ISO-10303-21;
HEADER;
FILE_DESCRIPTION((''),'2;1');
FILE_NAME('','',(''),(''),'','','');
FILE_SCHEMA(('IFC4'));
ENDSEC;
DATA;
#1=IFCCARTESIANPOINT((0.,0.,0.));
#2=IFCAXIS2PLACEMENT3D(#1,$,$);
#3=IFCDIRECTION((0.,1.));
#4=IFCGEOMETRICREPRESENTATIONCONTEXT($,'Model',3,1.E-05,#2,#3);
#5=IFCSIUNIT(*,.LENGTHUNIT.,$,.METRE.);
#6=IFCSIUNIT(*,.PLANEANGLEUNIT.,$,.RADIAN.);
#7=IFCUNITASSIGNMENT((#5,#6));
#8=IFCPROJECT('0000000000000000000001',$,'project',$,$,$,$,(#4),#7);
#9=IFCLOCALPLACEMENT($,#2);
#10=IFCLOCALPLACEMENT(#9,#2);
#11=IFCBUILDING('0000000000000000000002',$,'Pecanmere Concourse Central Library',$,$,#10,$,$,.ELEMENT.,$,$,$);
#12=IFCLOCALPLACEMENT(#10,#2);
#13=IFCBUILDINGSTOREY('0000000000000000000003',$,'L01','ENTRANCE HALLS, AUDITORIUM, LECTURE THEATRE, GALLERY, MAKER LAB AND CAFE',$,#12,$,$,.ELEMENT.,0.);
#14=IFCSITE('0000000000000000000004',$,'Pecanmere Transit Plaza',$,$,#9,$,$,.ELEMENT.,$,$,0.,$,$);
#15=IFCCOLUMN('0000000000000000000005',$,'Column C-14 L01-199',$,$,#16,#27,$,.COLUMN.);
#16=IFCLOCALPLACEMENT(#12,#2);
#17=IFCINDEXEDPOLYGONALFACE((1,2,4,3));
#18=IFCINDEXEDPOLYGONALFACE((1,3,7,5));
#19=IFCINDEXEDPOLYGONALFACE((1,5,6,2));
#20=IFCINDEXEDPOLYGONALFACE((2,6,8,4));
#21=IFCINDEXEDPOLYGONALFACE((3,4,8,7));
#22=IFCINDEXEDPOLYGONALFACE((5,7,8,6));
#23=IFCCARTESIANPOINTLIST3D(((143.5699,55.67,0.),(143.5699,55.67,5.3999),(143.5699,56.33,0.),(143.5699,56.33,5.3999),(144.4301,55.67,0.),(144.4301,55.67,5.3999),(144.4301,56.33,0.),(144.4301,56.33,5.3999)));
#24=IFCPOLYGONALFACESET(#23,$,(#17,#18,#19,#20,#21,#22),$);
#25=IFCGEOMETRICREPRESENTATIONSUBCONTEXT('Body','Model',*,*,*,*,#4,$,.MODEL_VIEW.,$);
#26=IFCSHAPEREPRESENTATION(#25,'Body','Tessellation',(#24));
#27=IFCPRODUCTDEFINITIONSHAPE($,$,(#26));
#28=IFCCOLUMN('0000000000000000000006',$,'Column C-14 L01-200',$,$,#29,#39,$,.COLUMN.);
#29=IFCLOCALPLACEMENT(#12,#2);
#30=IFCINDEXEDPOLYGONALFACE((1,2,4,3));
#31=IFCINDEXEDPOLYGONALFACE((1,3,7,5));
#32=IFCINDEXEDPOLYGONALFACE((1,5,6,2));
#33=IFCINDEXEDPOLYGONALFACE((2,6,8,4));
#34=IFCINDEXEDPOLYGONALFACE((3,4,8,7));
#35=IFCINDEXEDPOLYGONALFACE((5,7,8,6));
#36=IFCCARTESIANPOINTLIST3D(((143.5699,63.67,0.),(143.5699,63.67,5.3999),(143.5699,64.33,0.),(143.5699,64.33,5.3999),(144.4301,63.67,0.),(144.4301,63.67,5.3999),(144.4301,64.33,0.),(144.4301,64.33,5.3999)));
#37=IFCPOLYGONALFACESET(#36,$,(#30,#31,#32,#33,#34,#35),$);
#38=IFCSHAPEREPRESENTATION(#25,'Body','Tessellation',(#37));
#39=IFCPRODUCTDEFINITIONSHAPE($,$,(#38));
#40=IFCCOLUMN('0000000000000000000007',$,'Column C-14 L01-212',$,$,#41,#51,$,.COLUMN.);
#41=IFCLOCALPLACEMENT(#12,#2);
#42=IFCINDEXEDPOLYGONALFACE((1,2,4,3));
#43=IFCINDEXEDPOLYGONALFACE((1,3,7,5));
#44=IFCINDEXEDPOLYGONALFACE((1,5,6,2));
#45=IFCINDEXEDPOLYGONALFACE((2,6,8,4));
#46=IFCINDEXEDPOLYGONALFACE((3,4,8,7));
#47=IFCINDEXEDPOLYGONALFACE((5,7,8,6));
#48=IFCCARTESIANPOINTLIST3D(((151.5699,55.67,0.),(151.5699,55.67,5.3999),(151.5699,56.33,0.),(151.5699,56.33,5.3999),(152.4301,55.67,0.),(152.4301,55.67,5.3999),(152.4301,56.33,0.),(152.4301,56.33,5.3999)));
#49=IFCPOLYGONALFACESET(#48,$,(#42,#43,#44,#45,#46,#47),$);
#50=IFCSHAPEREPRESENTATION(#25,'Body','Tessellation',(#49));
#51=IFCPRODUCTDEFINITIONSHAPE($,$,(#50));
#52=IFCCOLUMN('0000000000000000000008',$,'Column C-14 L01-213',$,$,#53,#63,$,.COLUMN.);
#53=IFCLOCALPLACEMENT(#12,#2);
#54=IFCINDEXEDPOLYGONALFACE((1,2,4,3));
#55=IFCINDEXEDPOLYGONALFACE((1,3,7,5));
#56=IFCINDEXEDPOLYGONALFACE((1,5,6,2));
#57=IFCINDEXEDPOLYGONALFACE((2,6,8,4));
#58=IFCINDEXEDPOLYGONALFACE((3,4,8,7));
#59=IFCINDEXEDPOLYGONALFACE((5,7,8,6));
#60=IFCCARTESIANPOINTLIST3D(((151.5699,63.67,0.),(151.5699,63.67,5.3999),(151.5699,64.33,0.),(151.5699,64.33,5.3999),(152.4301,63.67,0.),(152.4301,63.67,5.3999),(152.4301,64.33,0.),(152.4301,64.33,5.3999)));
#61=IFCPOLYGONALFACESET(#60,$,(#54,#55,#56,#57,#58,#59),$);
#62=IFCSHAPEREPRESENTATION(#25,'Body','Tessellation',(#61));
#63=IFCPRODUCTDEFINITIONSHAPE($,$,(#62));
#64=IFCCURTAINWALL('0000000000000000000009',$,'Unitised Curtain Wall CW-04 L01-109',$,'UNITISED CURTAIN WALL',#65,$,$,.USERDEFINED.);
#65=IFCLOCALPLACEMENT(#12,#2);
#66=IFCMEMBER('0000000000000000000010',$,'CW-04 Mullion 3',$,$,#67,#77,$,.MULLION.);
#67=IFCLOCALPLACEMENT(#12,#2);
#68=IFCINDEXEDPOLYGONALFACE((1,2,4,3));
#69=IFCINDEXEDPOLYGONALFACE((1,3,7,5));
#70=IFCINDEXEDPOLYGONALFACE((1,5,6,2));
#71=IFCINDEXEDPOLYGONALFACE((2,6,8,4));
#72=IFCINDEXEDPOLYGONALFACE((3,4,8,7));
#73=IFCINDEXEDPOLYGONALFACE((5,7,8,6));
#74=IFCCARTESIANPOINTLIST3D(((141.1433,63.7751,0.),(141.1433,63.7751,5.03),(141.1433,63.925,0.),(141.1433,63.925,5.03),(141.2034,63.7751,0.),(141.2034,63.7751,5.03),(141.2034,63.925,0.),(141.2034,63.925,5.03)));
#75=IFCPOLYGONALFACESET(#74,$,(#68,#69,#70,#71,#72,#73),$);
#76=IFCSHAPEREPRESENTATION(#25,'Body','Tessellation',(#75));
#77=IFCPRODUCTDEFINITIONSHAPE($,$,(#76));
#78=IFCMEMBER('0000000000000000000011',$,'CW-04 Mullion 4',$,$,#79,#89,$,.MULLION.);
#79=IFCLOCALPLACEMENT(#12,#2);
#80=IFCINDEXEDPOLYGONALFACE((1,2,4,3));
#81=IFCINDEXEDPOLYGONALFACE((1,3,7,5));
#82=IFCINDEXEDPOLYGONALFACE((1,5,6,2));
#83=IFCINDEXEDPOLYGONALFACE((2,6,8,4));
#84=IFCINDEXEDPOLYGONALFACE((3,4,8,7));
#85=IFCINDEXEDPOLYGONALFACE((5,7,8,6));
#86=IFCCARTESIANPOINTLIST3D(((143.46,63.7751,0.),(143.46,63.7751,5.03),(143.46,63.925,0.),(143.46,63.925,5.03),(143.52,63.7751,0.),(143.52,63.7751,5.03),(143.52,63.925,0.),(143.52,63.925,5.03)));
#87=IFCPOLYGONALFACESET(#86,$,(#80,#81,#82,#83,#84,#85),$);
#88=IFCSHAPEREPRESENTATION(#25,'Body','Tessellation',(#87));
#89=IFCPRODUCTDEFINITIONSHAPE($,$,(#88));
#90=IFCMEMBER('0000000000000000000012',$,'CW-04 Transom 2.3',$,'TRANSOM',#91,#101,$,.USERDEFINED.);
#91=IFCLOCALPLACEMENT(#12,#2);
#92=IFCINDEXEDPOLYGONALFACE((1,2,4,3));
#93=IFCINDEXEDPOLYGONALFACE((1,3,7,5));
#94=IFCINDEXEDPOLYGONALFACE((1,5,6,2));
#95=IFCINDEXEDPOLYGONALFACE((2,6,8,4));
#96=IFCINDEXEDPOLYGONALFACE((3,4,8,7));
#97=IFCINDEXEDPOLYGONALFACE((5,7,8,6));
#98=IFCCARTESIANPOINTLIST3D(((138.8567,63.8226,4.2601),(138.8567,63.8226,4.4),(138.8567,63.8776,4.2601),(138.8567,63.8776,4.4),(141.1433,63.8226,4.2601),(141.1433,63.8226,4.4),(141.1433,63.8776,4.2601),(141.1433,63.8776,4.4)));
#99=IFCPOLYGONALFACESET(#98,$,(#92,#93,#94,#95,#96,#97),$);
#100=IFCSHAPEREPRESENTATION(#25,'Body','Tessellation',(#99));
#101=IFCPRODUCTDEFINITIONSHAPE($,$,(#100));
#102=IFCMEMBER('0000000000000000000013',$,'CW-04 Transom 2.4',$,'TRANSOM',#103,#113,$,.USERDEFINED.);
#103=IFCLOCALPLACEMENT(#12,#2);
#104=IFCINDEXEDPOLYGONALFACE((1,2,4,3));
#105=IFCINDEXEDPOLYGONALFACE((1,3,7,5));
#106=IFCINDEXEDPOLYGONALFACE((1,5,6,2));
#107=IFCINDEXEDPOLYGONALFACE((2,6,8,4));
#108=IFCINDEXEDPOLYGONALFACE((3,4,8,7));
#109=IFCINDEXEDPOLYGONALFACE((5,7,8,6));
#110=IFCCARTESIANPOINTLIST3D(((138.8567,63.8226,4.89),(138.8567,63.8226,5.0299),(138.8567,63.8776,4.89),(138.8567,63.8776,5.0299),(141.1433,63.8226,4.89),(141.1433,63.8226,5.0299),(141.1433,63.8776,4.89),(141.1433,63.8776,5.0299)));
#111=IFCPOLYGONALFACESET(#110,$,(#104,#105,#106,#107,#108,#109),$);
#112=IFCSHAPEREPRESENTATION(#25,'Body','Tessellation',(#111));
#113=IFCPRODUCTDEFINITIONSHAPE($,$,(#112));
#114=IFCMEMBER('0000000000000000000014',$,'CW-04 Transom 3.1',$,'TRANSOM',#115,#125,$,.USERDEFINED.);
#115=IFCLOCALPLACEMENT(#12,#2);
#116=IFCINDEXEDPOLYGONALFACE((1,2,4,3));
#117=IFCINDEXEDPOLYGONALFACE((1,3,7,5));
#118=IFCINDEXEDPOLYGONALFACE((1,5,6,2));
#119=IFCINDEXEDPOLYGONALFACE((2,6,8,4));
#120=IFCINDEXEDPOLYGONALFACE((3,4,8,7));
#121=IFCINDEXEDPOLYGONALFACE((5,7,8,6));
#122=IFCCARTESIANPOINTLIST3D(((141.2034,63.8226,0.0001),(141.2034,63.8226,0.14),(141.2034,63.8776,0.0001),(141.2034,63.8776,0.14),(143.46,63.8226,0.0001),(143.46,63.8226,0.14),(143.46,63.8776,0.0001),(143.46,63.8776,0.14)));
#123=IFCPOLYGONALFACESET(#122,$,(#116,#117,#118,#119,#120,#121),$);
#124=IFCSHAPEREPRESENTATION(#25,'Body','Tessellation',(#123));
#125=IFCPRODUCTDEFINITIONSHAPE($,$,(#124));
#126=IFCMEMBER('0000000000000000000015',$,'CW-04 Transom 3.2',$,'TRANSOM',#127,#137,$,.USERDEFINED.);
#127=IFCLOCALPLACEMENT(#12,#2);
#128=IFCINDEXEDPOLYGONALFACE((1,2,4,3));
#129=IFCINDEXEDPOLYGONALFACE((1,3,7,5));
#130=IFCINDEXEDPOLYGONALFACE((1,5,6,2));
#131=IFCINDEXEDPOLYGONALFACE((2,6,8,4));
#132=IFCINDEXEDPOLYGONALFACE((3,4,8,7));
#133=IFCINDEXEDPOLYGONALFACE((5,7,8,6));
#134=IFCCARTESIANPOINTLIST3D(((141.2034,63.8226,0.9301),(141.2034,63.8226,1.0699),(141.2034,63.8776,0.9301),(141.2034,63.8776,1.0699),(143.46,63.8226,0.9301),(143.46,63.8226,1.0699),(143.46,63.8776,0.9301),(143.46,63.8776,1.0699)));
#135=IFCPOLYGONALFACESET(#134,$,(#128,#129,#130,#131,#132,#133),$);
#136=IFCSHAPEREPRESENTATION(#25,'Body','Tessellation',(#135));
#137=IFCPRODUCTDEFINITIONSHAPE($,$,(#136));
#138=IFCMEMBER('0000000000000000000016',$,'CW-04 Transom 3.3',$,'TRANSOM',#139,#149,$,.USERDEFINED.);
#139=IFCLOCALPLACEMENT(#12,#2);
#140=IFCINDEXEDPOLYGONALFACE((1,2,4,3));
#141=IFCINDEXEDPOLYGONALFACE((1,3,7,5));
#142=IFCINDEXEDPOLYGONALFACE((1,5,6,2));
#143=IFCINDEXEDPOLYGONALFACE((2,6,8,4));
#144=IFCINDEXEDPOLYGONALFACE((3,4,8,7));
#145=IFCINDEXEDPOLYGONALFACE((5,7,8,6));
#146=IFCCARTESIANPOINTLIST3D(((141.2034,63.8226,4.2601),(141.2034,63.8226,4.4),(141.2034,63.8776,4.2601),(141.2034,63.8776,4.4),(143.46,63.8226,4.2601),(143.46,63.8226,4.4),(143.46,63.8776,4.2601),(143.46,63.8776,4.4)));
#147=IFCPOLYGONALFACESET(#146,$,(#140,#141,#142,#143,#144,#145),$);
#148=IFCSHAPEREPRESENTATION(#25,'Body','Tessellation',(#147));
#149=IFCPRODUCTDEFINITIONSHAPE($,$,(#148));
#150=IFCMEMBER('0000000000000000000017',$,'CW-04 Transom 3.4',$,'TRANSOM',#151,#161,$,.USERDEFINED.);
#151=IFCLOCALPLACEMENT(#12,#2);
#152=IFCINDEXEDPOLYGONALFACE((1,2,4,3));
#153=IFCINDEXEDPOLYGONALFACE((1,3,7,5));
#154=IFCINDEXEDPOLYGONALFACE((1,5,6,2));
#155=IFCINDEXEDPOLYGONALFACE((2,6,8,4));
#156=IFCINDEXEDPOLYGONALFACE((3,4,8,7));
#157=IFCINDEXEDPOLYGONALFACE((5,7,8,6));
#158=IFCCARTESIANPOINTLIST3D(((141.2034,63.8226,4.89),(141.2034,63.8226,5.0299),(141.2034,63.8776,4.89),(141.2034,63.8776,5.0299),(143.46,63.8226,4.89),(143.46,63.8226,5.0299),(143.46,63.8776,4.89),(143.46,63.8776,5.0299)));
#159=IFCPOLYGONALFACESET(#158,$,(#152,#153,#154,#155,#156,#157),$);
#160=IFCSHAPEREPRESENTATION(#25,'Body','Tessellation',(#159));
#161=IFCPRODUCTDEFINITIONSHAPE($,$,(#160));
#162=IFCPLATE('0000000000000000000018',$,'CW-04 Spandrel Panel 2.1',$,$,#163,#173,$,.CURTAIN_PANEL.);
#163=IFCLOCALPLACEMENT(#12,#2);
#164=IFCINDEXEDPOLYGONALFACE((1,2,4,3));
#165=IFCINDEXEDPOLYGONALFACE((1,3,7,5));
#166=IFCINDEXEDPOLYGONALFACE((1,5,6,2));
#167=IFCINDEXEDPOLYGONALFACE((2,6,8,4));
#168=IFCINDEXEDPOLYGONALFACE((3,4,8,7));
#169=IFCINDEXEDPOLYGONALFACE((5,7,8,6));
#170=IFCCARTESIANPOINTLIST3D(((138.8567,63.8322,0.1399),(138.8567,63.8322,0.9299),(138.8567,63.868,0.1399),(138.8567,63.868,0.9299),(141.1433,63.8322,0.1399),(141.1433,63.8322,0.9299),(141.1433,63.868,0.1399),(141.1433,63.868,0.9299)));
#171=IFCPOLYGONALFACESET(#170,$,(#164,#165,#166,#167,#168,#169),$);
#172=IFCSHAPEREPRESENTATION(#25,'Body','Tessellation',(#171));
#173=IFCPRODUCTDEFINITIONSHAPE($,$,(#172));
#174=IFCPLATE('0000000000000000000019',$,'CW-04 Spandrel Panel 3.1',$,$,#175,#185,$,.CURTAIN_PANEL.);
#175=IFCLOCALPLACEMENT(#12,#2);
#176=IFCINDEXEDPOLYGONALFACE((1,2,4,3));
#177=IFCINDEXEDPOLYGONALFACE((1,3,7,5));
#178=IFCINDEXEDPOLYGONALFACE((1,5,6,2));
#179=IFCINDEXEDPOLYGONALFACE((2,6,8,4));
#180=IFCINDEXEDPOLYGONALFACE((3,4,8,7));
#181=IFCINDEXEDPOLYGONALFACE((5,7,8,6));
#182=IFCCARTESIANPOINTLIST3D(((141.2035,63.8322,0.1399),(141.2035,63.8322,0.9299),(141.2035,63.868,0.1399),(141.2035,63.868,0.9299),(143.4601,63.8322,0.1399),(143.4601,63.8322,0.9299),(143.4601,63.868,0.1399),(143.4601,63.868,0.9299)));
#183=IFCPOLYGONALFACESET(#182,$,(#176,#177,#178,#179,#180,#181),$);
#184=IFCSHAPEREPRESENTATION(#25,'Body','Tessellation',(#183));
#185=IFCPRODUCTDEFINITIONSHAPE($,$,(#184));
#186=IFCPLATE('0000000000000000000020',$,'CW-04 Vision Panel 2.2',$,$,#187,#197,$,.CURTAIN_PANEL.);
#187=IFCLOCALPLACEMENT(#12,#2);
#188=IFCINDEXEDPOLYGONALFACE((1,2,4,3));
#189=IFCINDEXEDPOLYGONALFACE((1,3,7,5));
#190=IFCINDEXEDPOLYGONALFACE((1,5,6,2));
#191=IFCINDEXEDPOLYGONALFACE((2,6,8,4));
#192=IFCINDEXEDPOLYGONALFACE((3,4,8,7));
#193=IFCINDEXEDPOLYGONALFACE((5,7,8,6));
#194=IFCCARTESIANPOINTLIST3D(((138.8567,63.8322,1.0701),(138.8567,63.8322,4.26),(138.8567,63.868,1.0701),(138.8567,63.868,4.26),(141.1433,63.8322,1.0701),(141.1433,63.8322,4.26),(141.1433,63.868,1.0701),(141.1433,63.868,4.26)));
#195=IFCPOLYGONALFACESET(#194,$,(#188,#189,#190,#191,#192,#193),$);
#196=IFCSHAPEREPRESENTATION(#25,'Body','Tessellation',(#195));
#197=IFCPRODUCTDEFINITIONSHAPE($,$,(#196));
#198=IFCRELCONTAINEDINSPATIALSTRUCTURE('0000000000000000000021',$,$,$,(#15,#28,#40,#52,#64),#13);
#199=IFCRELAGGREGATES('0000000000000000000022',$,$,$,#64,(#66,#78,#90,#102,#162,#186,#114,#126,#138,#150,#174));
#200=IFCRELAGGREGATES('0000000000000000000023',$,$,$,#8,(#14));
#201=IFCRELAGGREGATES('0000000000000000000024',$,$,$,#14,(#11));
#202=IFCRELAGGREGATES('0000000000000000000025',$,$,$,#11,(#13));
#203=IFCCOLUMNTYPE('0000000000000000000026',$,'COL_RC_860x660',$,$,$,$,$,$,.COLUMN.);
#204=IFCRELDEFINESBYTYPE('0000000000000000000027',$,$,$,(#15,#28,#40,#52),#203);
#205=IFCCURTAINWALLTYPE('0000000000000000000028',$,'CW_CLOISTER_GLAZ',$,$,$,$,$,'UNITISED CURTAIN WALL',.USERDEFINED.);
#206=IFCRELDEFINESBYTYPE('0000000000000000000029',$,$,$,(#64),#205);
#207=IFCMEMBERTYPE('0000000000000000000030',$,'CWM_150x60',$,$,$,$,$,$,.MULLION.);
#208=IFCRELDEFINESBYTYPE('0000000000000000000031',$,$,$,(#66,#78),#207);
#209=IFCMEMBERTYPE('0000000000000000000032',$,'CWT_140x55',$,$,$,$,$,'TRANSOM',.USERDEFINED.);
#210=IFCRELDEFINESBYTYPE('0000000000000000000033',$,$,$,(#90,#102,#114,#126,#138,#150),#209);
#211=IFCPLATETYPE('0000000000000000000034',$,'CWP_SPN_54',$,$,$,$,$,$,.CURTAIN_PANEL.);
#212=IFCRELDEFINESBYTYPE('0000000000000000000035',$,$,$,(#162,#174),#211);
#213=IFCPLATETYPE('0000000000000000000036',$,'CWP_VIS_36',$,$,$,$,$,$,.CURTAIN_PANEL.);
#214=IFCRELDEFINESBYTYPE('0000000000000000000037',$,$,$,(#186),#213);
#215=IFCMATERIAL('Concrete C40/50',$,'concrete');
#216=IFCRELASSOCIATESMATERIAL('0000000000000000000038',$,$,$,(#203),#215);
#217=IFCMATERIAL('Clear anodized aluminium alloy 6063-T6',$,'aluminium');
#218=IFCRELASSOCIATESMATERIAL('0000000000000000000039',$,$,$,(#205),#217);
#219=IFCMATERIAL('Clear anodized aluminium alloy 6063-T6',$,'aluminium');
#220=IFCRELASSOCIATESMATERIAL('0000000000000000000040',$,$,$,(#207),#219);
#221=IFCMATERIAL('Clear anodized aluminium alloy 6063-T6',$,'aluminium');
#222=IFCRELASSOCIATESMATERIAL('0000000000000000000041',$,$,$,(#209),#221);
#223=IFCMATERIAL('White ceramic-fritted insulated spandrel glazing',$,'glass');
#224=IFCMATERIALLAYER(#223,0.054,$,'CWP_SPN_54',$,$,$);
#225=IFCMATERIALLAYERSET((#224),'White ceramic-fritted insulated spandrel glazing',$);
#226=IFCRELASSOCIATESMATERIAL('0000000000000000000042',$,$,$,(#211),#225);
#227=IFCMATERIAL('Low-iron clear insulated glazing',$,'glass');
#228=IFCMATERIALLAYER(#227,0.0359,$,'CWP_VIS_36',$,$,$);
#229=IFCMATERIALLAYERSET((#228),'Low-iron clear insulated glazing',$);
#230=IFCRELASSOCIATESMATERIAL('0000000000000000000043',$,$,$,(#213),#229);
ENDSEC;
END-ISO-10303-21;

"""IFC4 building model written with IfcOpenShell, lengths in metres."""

from ifc_helpers import new_model, si_unit, direction, frame, origin, origin_2d, place, context, subcontext, project, spatial, rectangle, extrude, material, layer, layer_set, material_profile, profile_set, type_object, element, aggregate, save


model = new_model("IFC4")

# Units and contexts
model_context = context("Model", 3, precision=1e-05, world=origin(), true_north=direction((0.0, 1.0)))
body_context = subcontext(model_context, "Body", "Model", "MODEL_VIEW")
ifc_project = project(units=[si_unit("LENGTHUNIT", "METRE"), si_unit("PLANEANGLEUNIT", "RADIAN")], contexts=[model_context])

# Site, building, storey
site_placement = place(None, origin())
site = spatial("IfcSite", under=ifc_project, at=site_placement, Name="Pecanmere Transit Plaza", CompositionType="ELEMENT", RefElevation=0.0)
building_placement = place(site_placement, origin())
building = spatial("IfcBuilding", under=site, at=building_placement, Name="Pecanmere Concourse Central Library", CompositionType="ELEMENT")
storey_placement = place(building_placement, origin())
storey = spatial("IfcBuildingStorey", under=building, at=storey_placement, Name="L01", Description="ENTRANCE HALLS, AUDITORIUM, LECTURE THEATRE, GALLERY, MAKER LAB AND CAFE", CompositionType="ELEMENT", Elevation=0.0)

# Columns
ifc_material_1 = material(Name="Concrete C40/50", Category="concrete")
ifc_material_profile_1 = material_profile(ifc_material_1, rectangle(XDim=0.8601, YDim=0.6599, at=origin_2d()), Name="RC 860x660")
ifc_profile_set_1 = profile_set([ifc_material_profile_1], Name="Concrete C40/50")
column_type = type_object("IfcColumnType", Name="COL_RC_860x660", PredefinedType="COLUMN", material=ifc_profile_set_1)
for number, where, z_axis, x_axis, name in (
    (1, (144.0, 56.0, 0.0), (0.0, 0.0, 1.0), (1.0, 0.0, 0.0), "Column C-14 L01-199"),
    (2, (144.0, 64.0, 0.0), (0.0, 0.0, 1.0), (1.0, 0.0, 0.0), "Column C-14 L01-200"),
    (3, (152.0, 56.0, 0.0), (0.0, 0.0, 1.0), (1.0, 0.0, 0.0), "Column C-14 L01-212"),
    (4, (152.0, 64.0, 0.0), (0.0, 0.0, 1.0), (1.0, 0.0, 0.0), "Column C-14 L01-213"),
):
    element("IfcColumn", number, at=place(storey_placement, frame(where, z_axis=z_axis, x_axis=x_axis)), inside=storey, type_object=column_type, Name=name, PredefinedType="COLUMN", context=body_context, shape_type="SweptSolid", body=[
        extrude(rectangle(XDim=0.8601, YDim=0.6599, at=origin_2d()), origin(), (0.0, 0.0, 1.0), 5.3999),
    ])

# Curtain wall, members, plates
ifc_material_2 = material(Name="Clear anodized aluminium alloy 6063-T6", Category="aluminium")
curtain_wall_type = type_object("IfcCurtainWallType", Name="CW_CLOISTER_GLAZ", ElementType="UNITISED CURTAIN WALL", PredefinedType="USERDEFINED", material=ifc_material_2)
curtain_wall_placement = place(storey_placement, origin())
curtain_wall = element("IfcCurtainWall", 5, at=curtain_wall_placement, inside=storey, type_object=curtain_wall_type, Name="Unitised Curtain Wall CW-04 L01-109", ObjectType="UNITISED CURTAIN WALL", PredefinedType="USERDEFINED")
ifc_material_3 = material(Name="Clear anodized aluminium alloy 6063-T6", Category="aluminium")
ifc_material_profile_2 = material_profile(ifc_material_3, rectangle(XDim=0.0601, YDim=0.1499, at=origin_2d()), Name="AL 60x150")
ifc_profile_set_2 = profile_set([ifc_material_profile_2], Name="Clear anodized aluminium alloy 6063-T6")
member_type_1 = type_object("IfcMemberType", Name="CWM_150x60", PredefinedType="MULLION", material=ifc_profile_set_2)
member_1_placement = place(storey_placement, frame((141.1733, 63.8501, 0.0), z_axis=(0.0, 0.0, 1.0), x_axis=(1.0, 0.0, 0.0)))
member_1 = element("IfcMember", 6, at=member_1_placement, type_object=member_type_1, Name="CW-04 Mullion 3", PredefinedType="MULLION", context=body_context, shape_type="SweptSolid", body=[
    extrude(rectangle(XDim=0.0601, YDim=0.1499, at=origin_2d()), origin(), (0.0, 0.0, 1.0), 5.03),
])
member_2_placement = place(storey_placement, frame((143.49, 63.8501, 0.0), z_axis=(0.0, 0.0, 1.0), x_axis=(1.0, 0.0, 0.0)))
member_2 = element("IfcMember", 7, at=member_2_placement, type_object=member_type_1, Name="CW-04 Mullion 4", PredefinedType="MULLION", context=body_context, shape_type="SweptSolid", body=[
    extrude(rectangle(XDim=0.0601, YDim=0.1499, at=origin_2d()), origin(), (0.0, 0.0, 1.0), 5.03),
])
ifc_material_4 = material(Name="Clear anodized aluminium alloy 6063-T6", Category="aluminium")
ifc_material_profile_3 = material_profile(ifc_material_4, rectangle(XDim=0.0549, YDim=0.1399, at=origin_2d()), Name="AL 55x140")
ifc_profile_set_3 = profile_set([ifc_material_profile_3], Name="Clear anodized aluminium alloy 6063-T6")
member_type_2 = type_object("IfcMemberType", Name="CWT_140x55", ElementType="TRANSOM", PredefinedType="USERDEFINED", material=ifc_profile_set_3)
member_3_placement = place(storey_placement, frame((138.8567, 63.8501, 4.3301), z_axis=(1.0, 0.0, 0.0), x_axis=(0.0, 1.0, 0.0)))
member_3 = element("IfcMember", 8, at=member_3_placement, type_object=member_type_2, Name="CW-04 Transom 2.3", ObjectType="TRANSOM", PredefinedType="USERDEFINED", context=body_context, shape_type="SweptSolid", body=[
    extrude(rectangle(XDim=0.0549, YDim=0.1399, at=origin_2d()), origin(), (0.0, 0.0, 1.0), 2.2866),
])
member_4_placement = place(storey_placement, frame((138.8567, 63.8501, 4.96), z_axis=(1.0, 0.0, 0.0), x_axis=(0.0, 1.0, 0.0)))
member_4 = element("IfcMember", 9, at=member_4_placement, type_object=member_type_2, Name="CW-04 Transom 2.4", ObjectType="TRANSOM", PredefinedType="USERDEFINED", context=body_context, shape_type="SweptSolid", body=[
    extrude(rectangle(XDim=0.0549, YDim=0.1399, at=origin_2d()), origin(), (0.0, 0.0, 1.0), 2.2866),
])
member_5_placement = place(storey_placement, frame((141.2034, 63.8501, 0.0701), z_axis=(1.0, 0.0, 0.0), x_axis=(0.0, 1.0, 0.0)))
member_5 = element("IfcMember", 10, at=member_5_placement, type_object=member_type_2, Name="CW-04 Transom 3.1", ObjectType="TRANSOM", PredefinedType="USERDEFINED", context=body_context, shape_type="SweptSolid", body=[
    extrude(rectangle(XDim=0.0549, YDim=0.1399, at=origin_2d()), origin(), (0.0, 0.0, 1.0), 2.2566),
])
member_6_placement = place(storey_placement, frame((141.2034, 63.8501, 1.0), z_axis=(1.0, 0.0, 0.0), x_axis=(0.0, 1.0, 0.0)))
member_6 = element("IfcMember", 11, at=member_6_placement, type_object=member_type_2, Name="CW-04 Transom 3.2", ObjectType="TRANSOM", PredefinedType="USERDEFINED", context=body_context, shape_type="SweptSolid", body=[
    extrude(rectangle(XDim=0.0549, YDim=0.1399, at=origin_2d()), origin(), (0.0, 0.0, 1.0), 2.2566),
])
member_7_placement = place(storey_placement, frame((141.2034, 63.8501, 4.3301), z_axis=(1.0, 0.0, 0.0), x_axis=(0.0, 1.0, 0.0)))
member_7 = element("IfcMember", 12, at=member_7_placement, type_object=member_type_2, Name="CW-04 Transom 3.3", ObjectType="TRANSOM", PredefinedType="USERDEFINED", context=body_context, shape_type="SweptSolid", body=[
    extrude(rectangle(XDim=0.0549, YDim=0.1399, at=origin_2d()), origin(), (0.0, 0.0, 1.0), 2.2566),
])
member_8_placement = place(storey_placement, frame((141.2034, 63.8501, 4.96), z_axis=(1.0, 0.0, 0.0), x_axis=(0.0, 1.0, 0.0)))
member_8 = element("IfcMember", 13, at=member_8_placement, type_object=member_type_2, Name="CW-04 Transom 3.4", ObjectType="TRANSOM", PredefinedType="USERDEFINED", context=body_context, shape_type="SweptSolid", body=[
    extrude(rectangle(XDim=0.0549, YDim=0.1399, at=origin_2d()), origin(), (0.0, 0.0, 1.0), 2.2566),
])
ifc_material_5 = material(Name="White ceramic-fritted insulated spandrel glazing", Category="glass")
ifc_layer_1 = layer(ifc_material_5, 0.054, Name="CWP_SPN_54")
ifc_layer_set_1 = layer_set([ifc_layer_1], Name="White ceramic-fritted insulated spandrel glazing")
plate_type_1 = type_object("IfcPlateType", Name="CWP_SPN_54", PredefinedType="CURTAIN_PANEL", material=ifc_layer_set_1)
plate_1_placement = place(storey_placement, frame((140.0, 63.8501, 0.1399), z_axis=(0.0, 0.0, 1.0), x_axis=(1.0, 0.0, 0.0)))
plate_1 = element("IfcPlate", 14, at=plate_1_placement, type_object=plate_type_1, Name="CW-04 Spandrel Panel 2.1", PredefinedType="CURTAIN_PANEL", context=body_context, shape_type="SweptSolid", body=[
    extrude(rectangle(XDim=2.2866, YDim=0.0359, at=origin_2d()), origin(), (0.0, 0.0, 1.0), 0.79),
])
plate_2_placement = place(storey_placement, frame((142.3318, 63.8501, 0.1399), z_axis=(0.0, 0.0, 1.0), x_axis=(1.0, 0.0, 0.0)))
plate_2 = element("IfcPlate", 15, at=plate_2_placement, type_object=plate_type_1, Name="CW-04 Spandrel Panel 3.1", PredefinedType="CURTAIN_PANEL", context=body_context, shape_type="SweptSolid", body=[
    extrude(rectangle(XDim=2.2566, YDim=0.0359, at=origin_2d()), origin(), (0.0, 0.0, 1.0), 0.79),
])
ifc_material_6 = material(Name="Low-iron clear insulated glazing", Category="glass")
ifc_layer_2 = layer(ifc_material_6, 0.0359, Name="CWP_VIS_36")
ifc_layer_set_2 = layer_set([ifc_layer_2], Name="Low-iron clear insulated glazing")
plate_type_2 = type_object("IfcPlateType", Name="CWP_VIS_36", PredefinedType="CURTAIN_PANEL", material=ifc_layer_set_2)
plate_3_placement = place(storey_placement, frame((140.0, 63.8501, 1.0701), z_axis=(0.0, 0.0, 1.0), x_axis=(1.0, 0.0, 0.0)))
plate_3 = element("IfcPlate", 16, at=plate_3_placement, type_object=plate_type_2, Name="CW-04 Vision Panel 2.2", PredefinedType="CURTAIN_PANEL", context=body_context, shape_type="SweptSolid", body=[
    extrude(rectangle(XDim=2.2866, YDim=0.0359, at=origin_2d()), origin(), (0.0, 0.0, 1.0), 3.1899),
])
aggregate(curtain_wall, [member_1, member_2, member_3, member_4, plate_1, plate_3, member_5, member_6, member_7, member_8, plate_2])

save(model, "model.ifc")
